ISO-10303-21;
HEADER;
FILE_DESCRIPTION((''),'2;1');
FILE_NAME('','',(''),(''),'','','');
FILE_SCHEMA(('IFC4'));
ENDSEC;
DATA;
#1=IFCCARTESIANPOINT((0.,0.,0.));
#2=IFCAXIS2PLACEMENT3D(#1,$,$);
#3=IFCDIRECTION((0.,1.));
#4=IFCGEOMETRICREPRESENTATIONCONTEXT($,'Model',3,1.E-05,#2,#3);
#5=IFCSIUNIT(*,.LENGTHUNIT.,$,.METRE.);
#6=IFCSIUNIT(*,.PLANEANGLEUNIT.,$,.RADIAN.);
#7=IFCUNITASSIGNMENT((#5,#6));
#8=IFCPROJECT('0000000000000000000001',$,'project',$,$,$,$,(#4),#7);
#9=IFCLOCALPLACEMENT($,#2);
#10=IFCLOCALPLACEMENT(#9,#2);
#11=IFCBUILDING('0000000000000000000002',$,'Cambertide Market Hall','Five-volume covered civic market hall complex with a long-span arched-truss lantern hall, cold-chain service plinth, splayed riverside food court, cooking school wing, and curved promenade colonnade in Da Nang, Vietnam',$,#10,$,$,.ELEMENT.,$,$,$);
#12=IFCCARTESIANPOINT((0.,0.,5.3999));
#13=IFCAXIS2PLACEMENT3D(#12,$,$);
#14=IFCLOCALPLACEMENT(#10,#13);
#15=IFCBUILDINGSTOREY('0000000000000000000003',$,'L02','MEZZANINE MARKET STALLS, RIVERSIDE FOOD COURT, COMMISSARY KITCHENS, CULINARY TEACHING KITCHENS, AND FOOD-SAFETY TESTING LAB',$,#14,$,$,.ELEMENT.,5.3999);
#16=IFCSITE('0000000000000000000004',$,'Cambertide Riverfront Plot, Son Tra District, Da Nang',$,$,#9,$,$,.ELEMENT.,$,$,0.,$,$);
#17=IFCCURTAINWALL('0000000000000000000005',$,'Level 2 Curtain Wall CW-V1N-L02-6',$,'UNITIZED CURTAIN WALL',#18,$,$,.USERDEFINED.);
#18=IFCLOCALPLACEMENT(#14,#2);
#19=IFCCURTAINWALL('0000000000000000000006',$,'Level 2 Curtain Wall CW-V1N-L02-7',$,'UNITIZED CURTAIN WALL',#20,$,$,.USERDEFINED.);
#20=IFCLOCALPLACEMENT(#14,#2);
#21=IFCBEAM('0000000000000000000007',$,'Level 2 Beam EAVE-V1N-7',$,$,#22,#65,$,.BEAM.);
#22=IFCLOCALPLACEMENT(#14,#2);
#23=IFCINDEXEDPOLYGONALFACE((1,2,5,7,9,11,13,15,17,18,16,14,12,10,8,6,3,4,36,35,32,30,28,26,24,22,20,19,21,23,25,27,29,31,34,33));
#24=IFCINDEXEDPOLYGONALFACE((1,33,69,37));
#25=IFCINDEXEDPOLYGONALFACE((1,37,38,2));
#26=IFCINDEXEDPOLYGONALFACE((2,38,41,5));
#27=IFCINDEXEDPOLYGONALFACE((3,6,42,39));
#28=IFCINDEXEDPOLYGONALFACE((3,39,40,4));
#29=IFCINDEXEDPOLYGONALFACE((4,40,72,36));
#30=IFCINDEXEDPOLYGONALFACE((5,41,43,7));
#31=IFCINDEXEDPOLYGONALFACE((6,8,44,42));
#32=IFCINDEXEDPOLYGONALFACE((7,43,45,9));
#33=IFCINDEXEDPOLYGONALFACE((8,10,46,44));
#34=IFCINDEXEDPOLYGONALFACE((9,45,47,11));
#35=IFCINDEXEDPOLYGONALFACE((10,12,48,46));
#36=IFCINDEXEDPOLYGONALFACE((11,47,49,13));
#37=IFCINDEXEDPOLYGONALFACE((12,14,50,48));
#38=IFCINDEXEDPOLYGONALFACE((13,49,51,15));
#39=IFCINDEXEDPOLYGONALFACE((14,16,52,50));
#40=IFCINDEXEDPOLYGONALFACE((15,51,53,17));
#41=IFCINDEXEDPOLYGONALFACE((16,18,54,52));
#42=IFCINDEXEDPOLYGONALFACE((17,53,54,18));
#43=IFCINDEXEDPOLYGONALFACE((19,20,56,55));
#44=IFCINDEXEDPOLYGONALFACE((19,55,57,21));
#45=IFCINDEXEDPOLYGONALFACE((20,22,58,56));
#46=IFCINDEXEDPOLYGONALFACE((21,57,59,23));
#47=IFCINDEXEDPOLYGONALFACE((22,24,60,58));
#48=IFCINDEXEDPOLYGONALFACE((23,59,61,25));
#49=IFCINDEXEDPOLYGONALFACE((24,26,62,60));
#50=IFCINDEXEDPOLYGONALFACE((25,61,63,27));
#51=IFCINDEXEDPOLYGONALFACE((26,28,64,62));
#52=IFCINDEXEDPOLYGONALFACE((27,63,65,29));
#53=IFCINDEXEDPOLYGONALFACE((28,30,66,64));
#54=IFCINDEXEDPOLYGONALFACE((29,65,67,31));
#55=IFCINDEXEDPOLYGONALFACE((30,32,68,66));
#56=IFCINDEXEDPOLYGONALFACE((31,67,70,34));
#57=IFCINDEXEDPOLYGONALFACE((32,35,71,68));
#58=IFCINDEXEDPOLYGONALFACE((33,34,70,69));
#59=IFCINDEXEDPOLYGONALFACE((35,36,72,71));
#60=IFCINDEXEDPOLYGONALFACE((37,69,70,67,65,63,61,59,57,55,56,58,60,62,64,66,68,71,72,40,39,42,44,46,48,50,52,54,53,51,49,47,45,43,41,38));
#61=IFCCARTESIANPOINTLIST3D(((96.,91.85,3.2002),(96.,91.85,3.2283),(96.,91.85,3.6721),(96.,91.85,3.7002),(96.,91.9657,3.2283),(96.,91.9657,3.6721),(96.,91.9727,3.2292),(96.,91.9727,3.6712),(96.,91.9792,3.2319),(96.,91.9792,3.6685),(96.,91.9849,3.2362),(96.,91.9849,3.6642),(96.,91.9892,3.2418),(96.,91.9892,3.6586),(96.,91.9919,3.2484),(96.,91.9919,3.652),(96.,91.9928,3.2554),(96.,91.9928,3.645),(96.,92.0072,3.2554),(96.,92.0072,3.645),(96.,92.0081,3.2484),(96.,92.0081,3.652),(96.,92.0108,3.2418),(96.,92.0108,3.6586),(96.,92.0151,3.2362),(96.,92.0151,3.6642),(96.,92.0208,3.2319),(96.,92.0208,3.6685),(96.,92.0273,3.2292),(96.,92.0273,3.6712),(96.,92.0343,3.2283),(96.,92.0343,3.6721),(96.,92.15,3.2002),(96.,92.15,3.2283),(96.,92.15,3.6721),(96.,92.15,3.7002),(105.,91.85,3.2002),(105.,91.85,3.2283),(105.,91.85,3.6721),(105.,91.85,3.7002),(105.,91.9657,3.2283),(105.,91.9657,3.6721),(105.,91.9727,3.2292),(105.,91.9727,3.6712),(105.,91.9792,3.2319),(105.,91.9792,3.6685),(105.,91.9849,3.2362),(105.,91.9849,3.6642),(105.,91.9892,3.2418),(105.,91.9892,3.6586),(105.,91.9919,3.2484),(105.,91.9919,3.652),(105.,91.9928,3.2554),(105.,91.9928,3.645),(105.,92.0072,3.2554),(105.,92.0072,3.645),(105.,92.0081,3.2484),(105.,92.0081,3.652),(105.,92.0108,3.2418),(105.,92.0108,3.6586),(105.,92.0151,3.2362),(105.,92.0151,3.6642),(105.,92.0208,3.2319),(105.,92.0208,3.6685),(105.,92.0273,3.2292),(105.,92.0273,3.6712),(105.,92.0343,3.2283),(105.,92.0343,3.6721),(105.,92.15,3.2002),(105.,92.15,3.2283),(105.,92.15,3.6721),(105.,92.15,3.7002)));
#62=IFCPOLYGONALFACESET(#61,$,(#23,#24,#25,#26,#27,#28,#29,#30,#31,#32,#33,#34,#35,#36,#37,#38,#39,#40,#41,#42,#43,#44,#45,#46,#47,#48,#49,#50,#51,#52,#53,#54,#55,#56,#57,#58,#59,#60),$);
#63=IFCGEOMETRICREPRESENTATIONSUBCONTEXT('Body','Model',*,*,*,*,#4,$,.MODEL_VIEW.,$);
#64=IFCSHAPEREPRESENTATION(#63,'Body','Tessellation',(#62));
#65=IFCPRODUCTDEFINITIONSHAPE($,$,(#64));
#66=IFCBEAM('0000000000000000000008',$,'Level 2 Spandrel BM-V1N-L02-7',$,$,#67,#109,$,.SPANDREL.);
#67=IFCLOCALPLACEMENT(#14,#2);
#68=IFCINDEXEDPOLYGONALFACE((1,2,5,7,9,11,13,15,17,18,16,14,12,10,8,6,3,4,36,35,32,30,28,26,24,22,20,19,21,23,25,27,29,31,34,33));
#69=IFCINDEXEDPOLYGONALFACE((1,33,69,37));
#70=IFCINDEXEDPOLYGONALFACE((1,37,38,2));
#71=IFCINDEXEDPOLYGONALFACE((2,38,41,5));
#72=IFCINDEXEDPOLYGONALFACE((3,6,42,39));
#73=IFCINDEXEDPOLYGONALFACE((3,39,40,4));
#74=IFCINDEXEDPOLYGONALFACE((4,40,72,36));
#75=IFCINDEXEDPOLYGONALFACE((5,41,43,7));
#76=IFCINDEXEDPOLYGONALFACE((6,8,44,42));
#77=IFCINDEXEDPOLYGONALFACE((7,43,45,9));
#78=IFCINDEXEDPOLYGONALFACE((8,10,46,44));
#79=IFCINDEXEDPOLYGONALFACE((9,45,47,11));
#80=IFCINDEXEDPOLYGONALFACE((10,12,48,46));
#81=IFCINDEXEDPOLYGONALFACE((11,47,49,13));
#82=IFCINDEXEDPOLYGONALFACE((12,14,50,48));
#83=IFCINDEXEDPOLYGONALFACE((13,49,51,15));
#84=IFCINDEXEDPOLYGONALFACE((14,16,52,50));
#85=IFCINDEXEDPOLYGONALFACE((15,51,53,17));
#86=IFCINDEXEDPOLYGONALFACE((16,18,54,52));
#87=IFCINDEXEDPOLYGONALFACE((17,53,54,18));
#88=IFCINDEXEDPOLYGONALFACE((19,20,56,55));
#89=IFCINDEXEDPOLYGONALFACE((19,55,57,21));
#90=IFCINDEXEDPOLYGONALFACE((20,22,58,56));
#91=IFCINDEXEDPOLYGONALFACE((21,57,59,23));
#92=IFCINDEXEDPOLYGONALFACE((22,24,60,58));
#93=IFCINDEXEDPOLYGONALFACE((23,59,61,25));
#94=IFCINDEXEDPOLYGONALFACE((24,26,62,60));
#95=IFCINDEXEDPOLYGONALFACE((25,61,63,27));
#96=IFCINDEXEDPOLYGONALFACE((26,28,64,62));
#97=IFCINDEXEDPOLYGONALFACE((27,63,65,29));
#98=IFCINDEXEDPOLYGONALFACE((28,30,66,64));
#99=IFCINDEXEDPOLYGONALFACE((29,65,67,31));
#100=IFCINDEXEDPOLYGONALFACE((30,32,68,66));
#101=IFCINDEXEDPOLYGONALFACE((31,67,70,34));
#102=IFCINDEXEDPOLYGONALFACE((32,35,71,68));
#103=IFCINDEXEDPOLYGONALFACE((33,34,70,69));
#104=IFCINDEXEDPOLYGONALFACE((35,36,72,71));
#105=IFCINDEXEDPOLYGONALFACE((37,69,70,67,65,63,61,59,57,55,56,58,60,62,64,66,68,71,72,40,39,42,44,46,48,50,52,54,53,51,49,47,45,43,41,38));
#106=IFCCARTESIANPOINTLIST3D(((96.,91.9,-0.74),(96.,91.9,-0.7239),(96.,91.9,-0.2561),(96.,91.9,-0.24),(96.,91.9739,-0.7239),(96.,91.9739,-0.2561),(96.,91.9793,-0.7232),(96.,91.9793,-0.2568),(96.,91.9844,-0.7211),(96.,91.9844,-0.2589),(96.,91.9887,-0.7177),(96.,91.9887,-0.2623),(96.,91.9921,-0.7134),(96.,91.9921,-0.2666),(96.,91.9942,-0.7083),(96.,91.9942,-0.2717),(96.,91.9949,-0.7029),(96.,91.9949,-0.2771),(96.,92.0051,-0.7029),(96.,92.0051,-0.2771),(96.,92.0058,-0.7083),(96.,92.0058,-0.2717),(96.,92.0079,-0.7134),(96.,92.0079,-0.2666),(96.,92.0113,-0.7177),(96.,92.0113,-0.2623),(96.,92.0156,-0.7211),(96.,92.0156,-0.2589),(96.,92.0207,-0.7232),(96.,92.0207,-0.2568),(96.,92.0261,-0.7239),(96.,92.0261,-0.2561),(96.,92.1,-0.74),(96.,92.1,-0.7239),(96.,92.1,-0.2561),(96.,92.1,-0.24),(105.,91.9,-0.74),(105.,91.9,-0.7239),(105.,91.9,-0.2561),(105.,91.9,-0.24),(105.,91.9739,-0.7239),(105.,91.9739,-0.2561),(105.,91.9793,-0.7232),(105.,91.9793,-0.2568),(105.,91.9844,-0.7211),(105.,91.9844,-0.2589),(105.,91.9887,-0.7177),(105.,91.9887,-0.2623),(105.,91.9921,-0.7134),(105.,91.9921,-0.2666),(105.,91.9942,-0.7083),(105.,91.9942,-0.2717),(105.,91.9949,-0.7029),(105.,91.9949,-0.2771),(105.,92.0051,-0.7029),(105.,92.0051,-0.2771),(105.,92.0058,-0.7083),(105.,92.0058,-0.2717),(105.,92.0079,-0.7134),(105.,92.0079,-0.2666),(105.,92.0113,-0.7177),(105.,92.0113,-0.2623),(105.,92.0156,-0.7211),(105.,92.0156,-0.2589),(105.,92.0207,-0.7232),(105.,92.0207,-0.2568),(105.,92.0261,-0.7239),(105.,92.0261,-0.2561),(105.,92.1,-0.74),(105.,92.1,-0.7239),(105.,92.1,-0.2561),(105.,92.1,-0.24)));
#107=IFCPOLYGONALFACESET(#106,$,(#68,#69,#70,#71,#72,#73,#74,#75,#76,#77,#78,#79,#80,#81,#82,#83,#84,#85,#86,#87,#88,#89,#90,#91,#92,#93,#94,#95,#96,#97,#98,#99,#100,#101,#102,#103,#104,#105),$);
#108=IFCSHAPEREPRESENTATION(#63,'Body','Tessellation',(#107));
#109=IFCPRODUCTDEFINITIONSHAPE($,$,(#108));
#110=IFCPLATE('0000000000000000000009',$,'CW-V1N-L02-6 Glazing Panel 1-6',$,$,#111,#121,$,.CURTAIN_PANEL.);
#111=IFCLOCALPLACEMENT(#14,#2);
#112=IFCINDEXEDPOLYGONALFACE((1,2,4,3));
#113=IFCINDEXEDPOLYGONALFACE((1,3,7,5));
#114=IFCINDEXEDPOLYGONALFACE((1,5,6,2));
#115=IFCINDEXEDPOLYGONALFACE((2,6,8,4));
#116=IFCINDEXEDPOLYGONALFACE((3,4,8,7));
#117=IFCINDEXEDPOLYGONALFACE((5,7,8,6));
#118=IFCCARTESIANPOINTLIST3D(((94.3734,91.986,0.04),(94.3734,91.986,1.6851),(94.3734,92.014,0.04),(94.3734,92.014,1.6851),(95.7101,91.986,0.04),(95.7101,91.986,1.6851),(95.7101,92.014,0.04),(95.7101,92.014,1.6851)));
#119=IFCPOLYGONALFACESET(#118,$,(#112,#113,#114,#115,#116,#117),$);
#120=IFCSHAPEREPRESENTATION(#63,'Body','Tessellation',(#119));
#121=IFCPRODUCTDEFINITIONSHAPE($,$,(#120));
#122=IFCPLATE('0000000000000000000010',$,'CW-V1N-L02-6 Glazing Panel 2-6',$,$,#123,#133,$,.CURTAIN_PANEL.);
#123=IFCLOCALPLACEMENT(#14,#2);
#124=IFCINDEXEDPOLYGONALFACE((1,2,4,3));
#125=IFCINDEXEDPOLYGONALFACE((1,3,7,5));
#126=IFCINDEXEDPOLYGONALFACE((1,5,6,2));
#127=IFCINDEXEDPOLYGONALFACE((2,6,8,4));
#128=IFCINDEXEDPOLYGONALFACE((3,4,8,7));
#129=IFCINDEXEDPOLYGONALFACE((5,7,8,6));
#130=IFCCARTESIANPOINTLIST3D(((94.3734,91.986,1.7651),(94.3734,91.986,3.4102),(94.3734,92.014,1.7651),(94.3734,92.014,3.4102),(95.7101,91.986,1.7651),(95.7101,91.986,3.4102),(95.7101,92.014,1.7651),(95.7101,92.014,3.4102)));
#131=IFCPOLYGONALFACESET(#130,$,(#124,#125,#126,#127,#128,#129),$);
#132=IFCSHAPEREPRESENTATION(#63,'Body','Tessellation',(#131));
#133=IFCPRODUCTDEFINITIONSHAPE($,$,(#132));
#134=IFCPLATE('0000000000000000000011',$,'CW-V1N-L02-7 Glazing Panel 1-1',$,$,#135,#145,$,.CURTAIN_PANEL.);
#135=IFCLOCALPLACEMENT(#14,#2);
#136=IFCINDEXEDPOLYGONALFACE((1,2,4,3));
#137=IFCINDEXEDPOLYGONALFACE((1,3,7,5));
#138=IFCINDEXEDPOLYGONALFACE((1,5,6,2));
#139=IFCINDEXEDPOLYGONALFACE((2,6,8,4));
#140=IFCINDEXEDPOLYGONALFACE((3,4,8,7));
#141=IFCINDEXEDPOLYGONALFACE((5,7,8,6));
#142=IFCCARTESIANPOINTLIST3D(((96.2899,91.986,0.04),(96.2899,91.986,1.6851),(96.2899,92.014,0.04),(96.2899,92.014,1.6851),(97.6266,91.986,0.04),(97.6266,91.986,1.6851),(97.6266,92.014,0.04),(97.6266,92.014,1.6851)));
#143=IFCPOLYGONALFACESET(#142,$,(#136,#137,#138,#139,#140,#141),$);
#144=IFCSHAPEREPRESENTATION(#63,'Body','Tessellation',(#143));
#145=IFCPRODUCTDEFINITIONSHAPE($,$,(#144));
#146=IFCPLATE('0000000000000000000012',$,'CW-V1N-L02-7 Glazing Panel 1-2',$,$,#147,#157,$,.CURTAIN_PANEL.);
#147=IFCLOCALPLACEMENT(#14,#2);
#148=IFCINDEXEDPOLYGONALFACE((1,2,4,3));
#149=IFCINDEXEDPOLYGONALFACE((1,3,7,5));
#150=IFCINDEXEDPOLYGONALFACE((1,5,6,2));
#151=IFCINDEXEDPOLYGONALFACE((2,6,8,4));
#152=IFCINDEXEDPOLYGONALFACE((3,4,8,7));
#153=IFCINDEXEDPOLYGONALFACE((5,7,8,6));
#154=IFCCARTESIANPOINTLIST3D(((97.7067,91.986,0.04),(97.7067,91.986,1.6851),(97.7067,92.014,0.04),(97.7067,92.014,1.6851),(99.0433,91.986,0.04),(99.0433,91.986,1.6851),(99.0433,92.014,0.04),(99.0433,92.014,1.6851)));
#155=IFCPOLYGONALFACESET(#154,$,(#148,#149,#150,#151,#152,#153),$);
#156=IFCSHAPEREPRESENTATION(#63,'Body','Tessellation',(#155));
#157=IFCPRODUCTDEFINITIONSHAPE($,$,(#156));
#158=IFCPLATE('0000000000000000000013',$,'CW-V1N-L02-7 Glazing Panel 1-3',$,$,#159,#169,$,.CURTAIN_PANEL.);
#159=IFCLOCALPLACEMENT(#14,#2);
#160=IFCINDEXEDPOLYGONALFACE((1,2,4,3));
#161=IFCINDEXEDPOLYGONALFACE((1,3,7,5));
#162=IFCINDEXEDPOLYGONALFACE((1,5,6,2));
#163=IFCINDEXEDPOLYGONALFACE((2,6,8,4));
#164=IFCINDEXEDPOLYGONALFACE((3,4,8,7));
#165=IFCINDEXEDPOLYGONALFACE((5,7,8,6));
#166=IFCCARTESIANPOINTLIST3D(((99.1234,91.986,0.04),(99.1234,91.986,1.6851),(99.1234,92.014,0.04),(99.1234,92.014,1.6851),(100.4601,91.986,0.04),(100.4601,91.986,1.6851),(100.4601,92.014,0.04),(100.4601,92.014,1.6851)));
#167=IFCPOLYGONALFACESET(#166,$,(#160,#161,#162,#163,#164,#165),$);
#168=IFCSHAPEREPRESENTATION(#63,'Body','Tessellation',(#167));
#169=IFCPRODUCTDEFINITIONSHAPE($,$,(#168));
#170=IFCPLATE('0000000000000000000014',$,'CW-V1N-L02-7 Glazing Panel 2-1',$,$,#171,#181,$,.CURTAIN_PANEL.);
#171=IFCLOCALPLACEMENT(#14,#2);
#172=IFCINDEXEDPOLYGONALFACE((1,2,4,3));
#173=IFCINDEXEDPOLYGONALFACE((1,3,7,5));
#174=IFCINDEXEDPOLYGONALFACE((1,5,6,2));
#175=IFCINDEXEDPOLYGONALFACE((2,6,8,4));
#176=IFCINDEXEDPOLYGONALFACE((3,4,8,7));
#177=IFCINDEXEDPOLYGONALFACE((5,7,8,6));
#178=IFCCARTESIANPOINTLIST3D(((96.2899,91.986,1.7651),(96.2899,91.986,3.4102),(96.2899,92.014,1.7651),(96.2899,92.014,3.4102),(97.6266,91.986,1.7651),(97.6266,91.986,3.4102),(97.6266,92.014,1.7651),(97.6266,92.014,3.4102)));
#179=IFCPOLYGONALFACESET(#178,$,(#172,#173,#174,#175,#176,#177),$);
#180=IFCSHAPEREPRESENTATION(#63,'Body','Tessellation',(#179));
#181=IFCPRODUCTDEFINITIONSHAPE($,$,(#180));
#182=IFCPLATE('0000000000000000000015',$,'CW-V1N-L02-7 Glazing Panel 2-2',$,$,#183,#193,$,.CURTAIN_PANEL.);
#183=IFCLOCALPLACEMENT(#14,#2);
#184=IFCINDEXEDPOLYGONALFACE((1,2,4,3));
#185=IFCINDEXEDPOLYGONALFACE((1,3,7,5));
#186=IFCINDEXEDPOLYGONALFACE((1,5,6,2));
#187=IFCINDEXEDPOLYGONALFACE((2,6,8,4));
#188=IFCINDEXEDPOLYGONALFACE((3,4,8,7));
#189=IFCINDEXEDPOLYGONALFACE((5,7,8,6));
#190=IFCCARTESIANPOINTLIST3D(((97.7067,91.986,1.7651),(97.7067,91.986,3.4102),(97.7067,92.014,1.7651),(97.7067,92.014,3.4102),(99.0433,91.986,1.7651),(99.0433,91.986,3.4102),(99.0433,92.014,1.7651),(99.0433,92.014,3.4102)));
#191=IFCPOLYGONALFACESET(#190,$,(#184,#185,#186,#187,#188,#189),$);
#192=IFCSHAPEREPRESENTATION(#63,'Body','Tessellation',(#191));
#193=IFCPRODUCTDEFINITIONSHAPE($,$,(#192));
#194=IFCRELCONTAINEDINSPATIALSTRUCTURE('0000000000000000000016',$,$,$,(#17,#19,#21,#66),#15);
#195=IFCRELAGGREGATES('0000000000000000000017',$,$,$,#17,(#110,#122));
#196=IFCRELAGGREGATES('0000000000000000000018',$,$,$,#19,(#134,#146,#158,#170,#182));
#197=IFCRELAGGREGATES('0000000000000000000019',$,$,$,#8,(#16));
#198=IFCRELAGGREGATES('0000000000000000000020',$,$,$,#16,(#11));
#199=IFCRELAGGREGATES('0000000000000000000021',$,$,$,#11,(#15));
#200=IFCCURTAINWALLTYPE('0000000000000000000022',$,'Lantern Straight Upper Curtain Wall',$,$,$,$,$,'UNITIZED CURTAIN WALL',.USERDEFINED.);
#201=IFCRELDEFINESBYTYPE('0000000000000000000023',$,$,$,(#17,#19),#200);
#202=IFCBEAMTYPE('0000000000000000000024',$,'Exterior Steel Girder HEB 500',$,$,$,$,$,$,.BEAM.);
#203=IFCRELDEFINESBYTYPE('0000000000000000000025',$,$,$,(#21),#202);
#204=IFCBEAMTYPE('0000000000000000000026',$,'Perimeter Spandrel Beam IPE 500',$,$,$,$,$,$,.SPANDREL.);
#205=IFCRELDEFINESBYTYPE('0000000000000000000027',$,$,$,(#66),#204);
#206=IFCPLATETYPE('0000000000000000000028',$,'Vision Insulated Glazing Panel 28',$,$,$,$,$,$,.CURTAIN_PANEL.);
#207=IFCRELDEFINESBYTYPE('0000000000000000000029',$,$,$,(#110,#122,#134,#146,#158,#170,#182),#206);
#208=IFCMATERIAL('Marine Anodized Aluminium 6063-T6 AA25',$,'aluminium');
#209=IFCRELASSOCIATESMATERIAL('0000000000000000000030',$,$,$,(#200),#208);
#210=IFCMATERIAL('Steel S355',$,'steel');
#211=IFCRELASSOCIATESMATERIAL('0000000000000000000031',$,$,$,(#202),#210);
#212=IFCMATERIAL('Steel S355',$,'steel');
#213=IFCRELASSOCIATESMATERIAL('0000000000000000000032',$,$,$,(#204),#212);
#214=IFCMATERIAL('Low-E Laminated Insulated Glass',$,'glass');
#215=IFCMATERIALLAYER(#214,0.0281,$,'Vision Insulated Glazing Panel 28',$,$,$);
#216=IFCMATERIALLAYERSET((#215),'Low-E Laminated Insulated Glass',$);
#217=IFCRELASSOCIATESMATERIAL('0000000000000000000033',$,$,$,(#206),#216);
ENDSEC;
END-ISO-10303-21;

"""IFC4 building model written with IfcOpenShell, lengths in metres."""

from ifc_helpers import new_model, si_unit, direction, frame, origin, origin_2d, place, context, subcontext, project, spatial, rectangle, i_section, extrude, material, layer, layer_set, material_profile, profile_set, type_object, element, aggregate, save


model = new_model("IFC4")

# Units and contexts
model_context = context("Model", 3, precision=1e-05, world=origin(), true_north=direction((0.0, 1.0)))
body_context = subcontext(model_context, "Body", "Model", "MODEL_VIEW")
ifc_project = project(units=[si_unit("LENGTHUNIT", "METRE"), si_unit("PLANEANGLEUNIT", "RADIAN")], contexts=[model_context])

# Site, building, storey
site_placement = place(None, origin())
site = spatial("IfcSite", under=ifc_project, at=site_placement, Name="Cambertide Riverfront Plot, Son Tra District, Da Nang", CompositionType="ELEMENT", RefElevation=0.0)
building_placement = place(site_placement, origin())
building = spatial("IfcBuilding", under=site, at=building_placement, Name="Cambertide Market Hall", Description="Five-volume covered civic market hall complex with a long-span arched-truss lantern hall, cold-chain service plinth, splayed riverside food court, cooking school wing, and curved promenade colonnade in Da Nang, Vietnam", CompositionType="ELEMENT")
storey_placement = place(building_placement, frame((0.0, 0.0, 5.3999)))
storey = spatial("IfcBuildingStorey", under=building, at=storey_placement, Name="L02", Description="MEZZANINE MARKET STALLS, RIVERSIDE FOOD COURT, COMMISSARY KITCHENS, CULINARY TEACHING KITCHENS, AND FOOD-SAFETY TESTING LAB", CompositionType="ELEMENT", Elevation=5.3999)

# Curtain walls
ifc_material_1 = material(Name="Marine Anodized Aluminium 6063-T6 AA25", Category="aluminium")
curtain_wall_type = type_object("IfcCurtainWallType", Name="Lantern Straight Upper Curtain Wall", ElementType="UNITIZED CURTAIN WALL", PredefinedType="USERDEFINED", material=ifc_material_1)
curtain_wall_1_placement = place(storey_placement, origin())
curtain_wall_1 = element("IfcCurtainWall", 1, at=curtain_wall_1_placement, inside=storey, type_object=curtain_wall_type, Name="Level 2 Curtain Wall CW-V1N-L02-6", ObjectType="UNITIZED CURTAIN WALL", PredefinedType="USERDEFINED")
curtain_wall_2_placement = place(storey_placement, origin())
curtain_wall_2 = element("IfcCurtainWall", 2, at=curtain_wall_2_placement, inside=storey, type_object=curtain_wall_type, Name="Level 2 Curtain Wall CW-V1N-L02-7", ObjectType="UNITIZED CURTAIN WALL", PredefinedType="USERDEFINED")

# Beams
ifc_material_2 = material(Name="Steel S355", Category="steel")
ifc_material_profile_1 = material_profile(ifc_material_2, i_section(OverallWidth=0.3, OverallDepth=0.5, WebThickness=0.0144, FlangeThickness=0.0281, FilletRadius=0.0271, at=origin_2d()), Name="HEB 500")
ifc_profile_set_1 = profile_set([ifc_material_profile_1], Name="Steel S355")
beam_type_1 = type_object("IfcBeamType", Name="Exterior Steel Girder HEB 500", PredefinedType="BEAM", material=ifc_profile_set_1)
beam_1_placement = place(storey_placement, frame((96.0, 92.0, 3.4502), z_axis=(1.0, 0.0, 0.0), x_axis=(0.0, 1.0, 0.0)))
element("IfcBeam", 3, at=beam_1_placement, inside=storey, type_object=beam_type_1, Name="Level 2 Beam EAVE-V1N-7", PredefinedType="BEAM", context=body_context, shape_type="SweptSolid", body=[
    extrude(i_section(OverallWidth=0.3, OverallDepth=0.5, WebThickness=0.0144, FlangeThickness=0.0281, FilletRadius=0.0271, at=origin_2d()), origin(), (0.0, 0.0, 1.0), 9.0),
])
ifc_material_3 = material(Name="Steel S355", Category="steel")
ifc_material_profile_2 = material_profile(ifc_material_3, i_section(OverallWidth=0.2, OverallDepth=0.5, WebThickness=0.0103, FlangeThickness=0.0161, FilletRadius=0.021, at=origin_2d()), Name="IPE 500")
ifc_profile_set_2 = profile_set([ifc_material_profile_2], Name="Steel S355")
beam_type_2 = type_object("IfcBeamType", Name="Perimeter Spandrel Beam IPE 500", PredefinedType="SPANDREL", material=ifc_profile_set_2)
beam_2_placement = place(storey_placement, frame((96.0, 92.0, -0.49), z_axis=(1.0, 0.0, 0.0), x_axis=(0.0, 1.0, 0.0)))
element("IfcBeam", 4, at=beam_2_placement, inside=storey, type_object=beam_type_2, Name="Level 2 Spandrel BM-V1N-L02-7", PredefinedType="SPANDREL", context=body_context, shape_type="SweptSolid", body=[
    extrude(i_section(OverallWidth=0.2, OverallDepth=0.5, WebThickness=0.0103, FlangeThickness=0.0161, FilletRadius=0.021, at=origin_2d()), origin(), (0.0, 0.0, 1.0), 9.0),
])

# Plates
ifc_material_4 = material(Name="Low-E Laminated Insulated Glass", Category="glass")
ifc_layer = layer(ifc_material_4, 0.0281, Name="Vision Insulated Glazing Panel 28")
ifc_layer_set = layer_set([ifc_layer], Name="Low-E Laminated Insulated Glass")
plate_type = type_object("IfcPlateType", Name="Vision Insulated Glazing Panel 28", PredefinedType="CURTAIN_PANEL", material=ifc_layer_set)
plate_1_placement = place(storey_placement, frame((95.0417, 92.0, 0.04), z_axis=(0.0, 0.0, 1.0), x_axis=(1.0, 0.0, 0.0)))
plate_1 = element("IfcPlate", 5, at=plate_1_placement, type_object=plate_type, Name="CW-V1N-L02-6 Glazing Panel 1-6", PredefinedType="CURTAIN_PANEL", context=body_context, shape_type="SweptSolid", body=[
    extrude(rectangle(XDim=1.3367, YDim=0.0281, at=origin_2d()), origin(), (0.0, 0.0, 1.0), 1.645),
])
plate_2_placement = place(storey_placement, frame((95.0417, 92.0, 1.7651), z_axis=(0.0, 0.0, 1.0), x_axis=(1.0, 0.0, 0.0)))
plate_2 = element("IfcPlate", 6, at=plate_2_placement, type_object=plate_type, Name="CW-V1N-L02-6 Glazing Panel 2-6", PredefinedType="CURTAIN_PANEL", context=body_context, shape_type="SweptSolid", body=[
    extrude(rectangle(XDim=1.3367, YDim=0.0281, at=origin_2d()), origin(), (0.0, 0.0, 1.0), 1.645),
])
aggregate(curtain_wall_1, [plate_1, plate_2])
plate_3_placement = place(storey_placement, frame((96.9583, 92.0, 0.04), z_axis=(0.0, 0.0, 1.0), x_axis=(1.0, 0.0, 0.0)))
plate_3 = element("IfcPlate", 7, at=plate_3_placement, type_object=plate_type, Name="CW-V1N-L02-7 Glazing Panel 1-1", PredefinedType="CURTAIN_PANEL", context=body_context, shape_type="SweptSolid", body=[
    extrude(rectangle(XDim=1.3367, YDim=0.0281, at=origin_2d()), origin(), (0.0, 0.0, 1.0), 1.645),
])
plate_4_placement = place(storey_placement, frame((98.375, 92.0, 0.04), z_axis=(0.0, 0.0, 1.0), x_axis=(1.0, 0.0, 0.0)))
plate_4 = element("IfcPlate", 8, at=plate_4_placement, type_object=plate_type, Name="CW-V1N-L02-7 Glazing Panel 1-2", PredefinedType="CURTAIN_PANEL", context=body_context, shape_type="SweptSolid", body=[
    extrude(rectangle(XDim=1.3367, YDim=0.0281, at=origin_2d()), origin(), (0.0, 0.0, 1.0), 1.645),
])
plate_5_placement = place(storey_placement, frame((99.7917, 92.0, 0.04), z_axis=(0.0, 0.0, 1.0), x_axis=(1.0, 0.0, 0.0)))
plate_5 = element("IfcPlate", 9, at=plate_5_placement, type_object=plate_type, Name="CW-V1N-L02-7 Glazing Panel 1-3", PredefinedType="CURTAIN_PANEL", context=body_context, shape_type="SweptSolid", body=[
    extrude(rectangle(XDim=1.3367, YDim=0.0281, at=origin_2d()), origin(), (0.0, 0.0, 1.0), 1.645),
])
plate_6_placement = place(storey_placement, frame((96.9583, 92.0, 1.7651), z_axis=(0.0, 0.0, 1.0), x_axis=(1.0, 0.0, 0.0)))
plate_6 = element("IfcPlate", 10, at=plate_6_placement, type_object=plate_type, Name="CW-V1N-L02-7 Glazing Panel 2-1", PredefinedType="CURTAIN_PANEL", context=body_context, shape_type="SweptSolid", body=[
    extrude(rectangle(XDim=1.3367, YDim=0.0281, at=origin_2d()), origin(), (0.0, 0.0, 1.0), 1.645),
])
plate_7_placement = place(storey_placement, frame((98.375, 92.0, 1.7651), z_axis=(0.0, 0.0, 1.0), x_axis=(1.0, 0.0, 0.0)))
plate_7 = element("IfcPlate", 11, at=plate_7_placement, type_object=plate_type, Name="CW-V1N-L02-7 Glazing Panel 2-2", PredefinedType="CURTAIN_PANEL", context=body_context, shape_type="SweptSolid", body=[
    extrude(rectangle(XDim=1.3367, YDim=0.0281, at=origin_2d()), origin(), (0.0, 0.0, 1.0), 1.645),
])
aggregate(curtain_wall_2, [plate_3, plate_4, plate_5, plate_6, plate_7])

save(model, "model.ifc")
